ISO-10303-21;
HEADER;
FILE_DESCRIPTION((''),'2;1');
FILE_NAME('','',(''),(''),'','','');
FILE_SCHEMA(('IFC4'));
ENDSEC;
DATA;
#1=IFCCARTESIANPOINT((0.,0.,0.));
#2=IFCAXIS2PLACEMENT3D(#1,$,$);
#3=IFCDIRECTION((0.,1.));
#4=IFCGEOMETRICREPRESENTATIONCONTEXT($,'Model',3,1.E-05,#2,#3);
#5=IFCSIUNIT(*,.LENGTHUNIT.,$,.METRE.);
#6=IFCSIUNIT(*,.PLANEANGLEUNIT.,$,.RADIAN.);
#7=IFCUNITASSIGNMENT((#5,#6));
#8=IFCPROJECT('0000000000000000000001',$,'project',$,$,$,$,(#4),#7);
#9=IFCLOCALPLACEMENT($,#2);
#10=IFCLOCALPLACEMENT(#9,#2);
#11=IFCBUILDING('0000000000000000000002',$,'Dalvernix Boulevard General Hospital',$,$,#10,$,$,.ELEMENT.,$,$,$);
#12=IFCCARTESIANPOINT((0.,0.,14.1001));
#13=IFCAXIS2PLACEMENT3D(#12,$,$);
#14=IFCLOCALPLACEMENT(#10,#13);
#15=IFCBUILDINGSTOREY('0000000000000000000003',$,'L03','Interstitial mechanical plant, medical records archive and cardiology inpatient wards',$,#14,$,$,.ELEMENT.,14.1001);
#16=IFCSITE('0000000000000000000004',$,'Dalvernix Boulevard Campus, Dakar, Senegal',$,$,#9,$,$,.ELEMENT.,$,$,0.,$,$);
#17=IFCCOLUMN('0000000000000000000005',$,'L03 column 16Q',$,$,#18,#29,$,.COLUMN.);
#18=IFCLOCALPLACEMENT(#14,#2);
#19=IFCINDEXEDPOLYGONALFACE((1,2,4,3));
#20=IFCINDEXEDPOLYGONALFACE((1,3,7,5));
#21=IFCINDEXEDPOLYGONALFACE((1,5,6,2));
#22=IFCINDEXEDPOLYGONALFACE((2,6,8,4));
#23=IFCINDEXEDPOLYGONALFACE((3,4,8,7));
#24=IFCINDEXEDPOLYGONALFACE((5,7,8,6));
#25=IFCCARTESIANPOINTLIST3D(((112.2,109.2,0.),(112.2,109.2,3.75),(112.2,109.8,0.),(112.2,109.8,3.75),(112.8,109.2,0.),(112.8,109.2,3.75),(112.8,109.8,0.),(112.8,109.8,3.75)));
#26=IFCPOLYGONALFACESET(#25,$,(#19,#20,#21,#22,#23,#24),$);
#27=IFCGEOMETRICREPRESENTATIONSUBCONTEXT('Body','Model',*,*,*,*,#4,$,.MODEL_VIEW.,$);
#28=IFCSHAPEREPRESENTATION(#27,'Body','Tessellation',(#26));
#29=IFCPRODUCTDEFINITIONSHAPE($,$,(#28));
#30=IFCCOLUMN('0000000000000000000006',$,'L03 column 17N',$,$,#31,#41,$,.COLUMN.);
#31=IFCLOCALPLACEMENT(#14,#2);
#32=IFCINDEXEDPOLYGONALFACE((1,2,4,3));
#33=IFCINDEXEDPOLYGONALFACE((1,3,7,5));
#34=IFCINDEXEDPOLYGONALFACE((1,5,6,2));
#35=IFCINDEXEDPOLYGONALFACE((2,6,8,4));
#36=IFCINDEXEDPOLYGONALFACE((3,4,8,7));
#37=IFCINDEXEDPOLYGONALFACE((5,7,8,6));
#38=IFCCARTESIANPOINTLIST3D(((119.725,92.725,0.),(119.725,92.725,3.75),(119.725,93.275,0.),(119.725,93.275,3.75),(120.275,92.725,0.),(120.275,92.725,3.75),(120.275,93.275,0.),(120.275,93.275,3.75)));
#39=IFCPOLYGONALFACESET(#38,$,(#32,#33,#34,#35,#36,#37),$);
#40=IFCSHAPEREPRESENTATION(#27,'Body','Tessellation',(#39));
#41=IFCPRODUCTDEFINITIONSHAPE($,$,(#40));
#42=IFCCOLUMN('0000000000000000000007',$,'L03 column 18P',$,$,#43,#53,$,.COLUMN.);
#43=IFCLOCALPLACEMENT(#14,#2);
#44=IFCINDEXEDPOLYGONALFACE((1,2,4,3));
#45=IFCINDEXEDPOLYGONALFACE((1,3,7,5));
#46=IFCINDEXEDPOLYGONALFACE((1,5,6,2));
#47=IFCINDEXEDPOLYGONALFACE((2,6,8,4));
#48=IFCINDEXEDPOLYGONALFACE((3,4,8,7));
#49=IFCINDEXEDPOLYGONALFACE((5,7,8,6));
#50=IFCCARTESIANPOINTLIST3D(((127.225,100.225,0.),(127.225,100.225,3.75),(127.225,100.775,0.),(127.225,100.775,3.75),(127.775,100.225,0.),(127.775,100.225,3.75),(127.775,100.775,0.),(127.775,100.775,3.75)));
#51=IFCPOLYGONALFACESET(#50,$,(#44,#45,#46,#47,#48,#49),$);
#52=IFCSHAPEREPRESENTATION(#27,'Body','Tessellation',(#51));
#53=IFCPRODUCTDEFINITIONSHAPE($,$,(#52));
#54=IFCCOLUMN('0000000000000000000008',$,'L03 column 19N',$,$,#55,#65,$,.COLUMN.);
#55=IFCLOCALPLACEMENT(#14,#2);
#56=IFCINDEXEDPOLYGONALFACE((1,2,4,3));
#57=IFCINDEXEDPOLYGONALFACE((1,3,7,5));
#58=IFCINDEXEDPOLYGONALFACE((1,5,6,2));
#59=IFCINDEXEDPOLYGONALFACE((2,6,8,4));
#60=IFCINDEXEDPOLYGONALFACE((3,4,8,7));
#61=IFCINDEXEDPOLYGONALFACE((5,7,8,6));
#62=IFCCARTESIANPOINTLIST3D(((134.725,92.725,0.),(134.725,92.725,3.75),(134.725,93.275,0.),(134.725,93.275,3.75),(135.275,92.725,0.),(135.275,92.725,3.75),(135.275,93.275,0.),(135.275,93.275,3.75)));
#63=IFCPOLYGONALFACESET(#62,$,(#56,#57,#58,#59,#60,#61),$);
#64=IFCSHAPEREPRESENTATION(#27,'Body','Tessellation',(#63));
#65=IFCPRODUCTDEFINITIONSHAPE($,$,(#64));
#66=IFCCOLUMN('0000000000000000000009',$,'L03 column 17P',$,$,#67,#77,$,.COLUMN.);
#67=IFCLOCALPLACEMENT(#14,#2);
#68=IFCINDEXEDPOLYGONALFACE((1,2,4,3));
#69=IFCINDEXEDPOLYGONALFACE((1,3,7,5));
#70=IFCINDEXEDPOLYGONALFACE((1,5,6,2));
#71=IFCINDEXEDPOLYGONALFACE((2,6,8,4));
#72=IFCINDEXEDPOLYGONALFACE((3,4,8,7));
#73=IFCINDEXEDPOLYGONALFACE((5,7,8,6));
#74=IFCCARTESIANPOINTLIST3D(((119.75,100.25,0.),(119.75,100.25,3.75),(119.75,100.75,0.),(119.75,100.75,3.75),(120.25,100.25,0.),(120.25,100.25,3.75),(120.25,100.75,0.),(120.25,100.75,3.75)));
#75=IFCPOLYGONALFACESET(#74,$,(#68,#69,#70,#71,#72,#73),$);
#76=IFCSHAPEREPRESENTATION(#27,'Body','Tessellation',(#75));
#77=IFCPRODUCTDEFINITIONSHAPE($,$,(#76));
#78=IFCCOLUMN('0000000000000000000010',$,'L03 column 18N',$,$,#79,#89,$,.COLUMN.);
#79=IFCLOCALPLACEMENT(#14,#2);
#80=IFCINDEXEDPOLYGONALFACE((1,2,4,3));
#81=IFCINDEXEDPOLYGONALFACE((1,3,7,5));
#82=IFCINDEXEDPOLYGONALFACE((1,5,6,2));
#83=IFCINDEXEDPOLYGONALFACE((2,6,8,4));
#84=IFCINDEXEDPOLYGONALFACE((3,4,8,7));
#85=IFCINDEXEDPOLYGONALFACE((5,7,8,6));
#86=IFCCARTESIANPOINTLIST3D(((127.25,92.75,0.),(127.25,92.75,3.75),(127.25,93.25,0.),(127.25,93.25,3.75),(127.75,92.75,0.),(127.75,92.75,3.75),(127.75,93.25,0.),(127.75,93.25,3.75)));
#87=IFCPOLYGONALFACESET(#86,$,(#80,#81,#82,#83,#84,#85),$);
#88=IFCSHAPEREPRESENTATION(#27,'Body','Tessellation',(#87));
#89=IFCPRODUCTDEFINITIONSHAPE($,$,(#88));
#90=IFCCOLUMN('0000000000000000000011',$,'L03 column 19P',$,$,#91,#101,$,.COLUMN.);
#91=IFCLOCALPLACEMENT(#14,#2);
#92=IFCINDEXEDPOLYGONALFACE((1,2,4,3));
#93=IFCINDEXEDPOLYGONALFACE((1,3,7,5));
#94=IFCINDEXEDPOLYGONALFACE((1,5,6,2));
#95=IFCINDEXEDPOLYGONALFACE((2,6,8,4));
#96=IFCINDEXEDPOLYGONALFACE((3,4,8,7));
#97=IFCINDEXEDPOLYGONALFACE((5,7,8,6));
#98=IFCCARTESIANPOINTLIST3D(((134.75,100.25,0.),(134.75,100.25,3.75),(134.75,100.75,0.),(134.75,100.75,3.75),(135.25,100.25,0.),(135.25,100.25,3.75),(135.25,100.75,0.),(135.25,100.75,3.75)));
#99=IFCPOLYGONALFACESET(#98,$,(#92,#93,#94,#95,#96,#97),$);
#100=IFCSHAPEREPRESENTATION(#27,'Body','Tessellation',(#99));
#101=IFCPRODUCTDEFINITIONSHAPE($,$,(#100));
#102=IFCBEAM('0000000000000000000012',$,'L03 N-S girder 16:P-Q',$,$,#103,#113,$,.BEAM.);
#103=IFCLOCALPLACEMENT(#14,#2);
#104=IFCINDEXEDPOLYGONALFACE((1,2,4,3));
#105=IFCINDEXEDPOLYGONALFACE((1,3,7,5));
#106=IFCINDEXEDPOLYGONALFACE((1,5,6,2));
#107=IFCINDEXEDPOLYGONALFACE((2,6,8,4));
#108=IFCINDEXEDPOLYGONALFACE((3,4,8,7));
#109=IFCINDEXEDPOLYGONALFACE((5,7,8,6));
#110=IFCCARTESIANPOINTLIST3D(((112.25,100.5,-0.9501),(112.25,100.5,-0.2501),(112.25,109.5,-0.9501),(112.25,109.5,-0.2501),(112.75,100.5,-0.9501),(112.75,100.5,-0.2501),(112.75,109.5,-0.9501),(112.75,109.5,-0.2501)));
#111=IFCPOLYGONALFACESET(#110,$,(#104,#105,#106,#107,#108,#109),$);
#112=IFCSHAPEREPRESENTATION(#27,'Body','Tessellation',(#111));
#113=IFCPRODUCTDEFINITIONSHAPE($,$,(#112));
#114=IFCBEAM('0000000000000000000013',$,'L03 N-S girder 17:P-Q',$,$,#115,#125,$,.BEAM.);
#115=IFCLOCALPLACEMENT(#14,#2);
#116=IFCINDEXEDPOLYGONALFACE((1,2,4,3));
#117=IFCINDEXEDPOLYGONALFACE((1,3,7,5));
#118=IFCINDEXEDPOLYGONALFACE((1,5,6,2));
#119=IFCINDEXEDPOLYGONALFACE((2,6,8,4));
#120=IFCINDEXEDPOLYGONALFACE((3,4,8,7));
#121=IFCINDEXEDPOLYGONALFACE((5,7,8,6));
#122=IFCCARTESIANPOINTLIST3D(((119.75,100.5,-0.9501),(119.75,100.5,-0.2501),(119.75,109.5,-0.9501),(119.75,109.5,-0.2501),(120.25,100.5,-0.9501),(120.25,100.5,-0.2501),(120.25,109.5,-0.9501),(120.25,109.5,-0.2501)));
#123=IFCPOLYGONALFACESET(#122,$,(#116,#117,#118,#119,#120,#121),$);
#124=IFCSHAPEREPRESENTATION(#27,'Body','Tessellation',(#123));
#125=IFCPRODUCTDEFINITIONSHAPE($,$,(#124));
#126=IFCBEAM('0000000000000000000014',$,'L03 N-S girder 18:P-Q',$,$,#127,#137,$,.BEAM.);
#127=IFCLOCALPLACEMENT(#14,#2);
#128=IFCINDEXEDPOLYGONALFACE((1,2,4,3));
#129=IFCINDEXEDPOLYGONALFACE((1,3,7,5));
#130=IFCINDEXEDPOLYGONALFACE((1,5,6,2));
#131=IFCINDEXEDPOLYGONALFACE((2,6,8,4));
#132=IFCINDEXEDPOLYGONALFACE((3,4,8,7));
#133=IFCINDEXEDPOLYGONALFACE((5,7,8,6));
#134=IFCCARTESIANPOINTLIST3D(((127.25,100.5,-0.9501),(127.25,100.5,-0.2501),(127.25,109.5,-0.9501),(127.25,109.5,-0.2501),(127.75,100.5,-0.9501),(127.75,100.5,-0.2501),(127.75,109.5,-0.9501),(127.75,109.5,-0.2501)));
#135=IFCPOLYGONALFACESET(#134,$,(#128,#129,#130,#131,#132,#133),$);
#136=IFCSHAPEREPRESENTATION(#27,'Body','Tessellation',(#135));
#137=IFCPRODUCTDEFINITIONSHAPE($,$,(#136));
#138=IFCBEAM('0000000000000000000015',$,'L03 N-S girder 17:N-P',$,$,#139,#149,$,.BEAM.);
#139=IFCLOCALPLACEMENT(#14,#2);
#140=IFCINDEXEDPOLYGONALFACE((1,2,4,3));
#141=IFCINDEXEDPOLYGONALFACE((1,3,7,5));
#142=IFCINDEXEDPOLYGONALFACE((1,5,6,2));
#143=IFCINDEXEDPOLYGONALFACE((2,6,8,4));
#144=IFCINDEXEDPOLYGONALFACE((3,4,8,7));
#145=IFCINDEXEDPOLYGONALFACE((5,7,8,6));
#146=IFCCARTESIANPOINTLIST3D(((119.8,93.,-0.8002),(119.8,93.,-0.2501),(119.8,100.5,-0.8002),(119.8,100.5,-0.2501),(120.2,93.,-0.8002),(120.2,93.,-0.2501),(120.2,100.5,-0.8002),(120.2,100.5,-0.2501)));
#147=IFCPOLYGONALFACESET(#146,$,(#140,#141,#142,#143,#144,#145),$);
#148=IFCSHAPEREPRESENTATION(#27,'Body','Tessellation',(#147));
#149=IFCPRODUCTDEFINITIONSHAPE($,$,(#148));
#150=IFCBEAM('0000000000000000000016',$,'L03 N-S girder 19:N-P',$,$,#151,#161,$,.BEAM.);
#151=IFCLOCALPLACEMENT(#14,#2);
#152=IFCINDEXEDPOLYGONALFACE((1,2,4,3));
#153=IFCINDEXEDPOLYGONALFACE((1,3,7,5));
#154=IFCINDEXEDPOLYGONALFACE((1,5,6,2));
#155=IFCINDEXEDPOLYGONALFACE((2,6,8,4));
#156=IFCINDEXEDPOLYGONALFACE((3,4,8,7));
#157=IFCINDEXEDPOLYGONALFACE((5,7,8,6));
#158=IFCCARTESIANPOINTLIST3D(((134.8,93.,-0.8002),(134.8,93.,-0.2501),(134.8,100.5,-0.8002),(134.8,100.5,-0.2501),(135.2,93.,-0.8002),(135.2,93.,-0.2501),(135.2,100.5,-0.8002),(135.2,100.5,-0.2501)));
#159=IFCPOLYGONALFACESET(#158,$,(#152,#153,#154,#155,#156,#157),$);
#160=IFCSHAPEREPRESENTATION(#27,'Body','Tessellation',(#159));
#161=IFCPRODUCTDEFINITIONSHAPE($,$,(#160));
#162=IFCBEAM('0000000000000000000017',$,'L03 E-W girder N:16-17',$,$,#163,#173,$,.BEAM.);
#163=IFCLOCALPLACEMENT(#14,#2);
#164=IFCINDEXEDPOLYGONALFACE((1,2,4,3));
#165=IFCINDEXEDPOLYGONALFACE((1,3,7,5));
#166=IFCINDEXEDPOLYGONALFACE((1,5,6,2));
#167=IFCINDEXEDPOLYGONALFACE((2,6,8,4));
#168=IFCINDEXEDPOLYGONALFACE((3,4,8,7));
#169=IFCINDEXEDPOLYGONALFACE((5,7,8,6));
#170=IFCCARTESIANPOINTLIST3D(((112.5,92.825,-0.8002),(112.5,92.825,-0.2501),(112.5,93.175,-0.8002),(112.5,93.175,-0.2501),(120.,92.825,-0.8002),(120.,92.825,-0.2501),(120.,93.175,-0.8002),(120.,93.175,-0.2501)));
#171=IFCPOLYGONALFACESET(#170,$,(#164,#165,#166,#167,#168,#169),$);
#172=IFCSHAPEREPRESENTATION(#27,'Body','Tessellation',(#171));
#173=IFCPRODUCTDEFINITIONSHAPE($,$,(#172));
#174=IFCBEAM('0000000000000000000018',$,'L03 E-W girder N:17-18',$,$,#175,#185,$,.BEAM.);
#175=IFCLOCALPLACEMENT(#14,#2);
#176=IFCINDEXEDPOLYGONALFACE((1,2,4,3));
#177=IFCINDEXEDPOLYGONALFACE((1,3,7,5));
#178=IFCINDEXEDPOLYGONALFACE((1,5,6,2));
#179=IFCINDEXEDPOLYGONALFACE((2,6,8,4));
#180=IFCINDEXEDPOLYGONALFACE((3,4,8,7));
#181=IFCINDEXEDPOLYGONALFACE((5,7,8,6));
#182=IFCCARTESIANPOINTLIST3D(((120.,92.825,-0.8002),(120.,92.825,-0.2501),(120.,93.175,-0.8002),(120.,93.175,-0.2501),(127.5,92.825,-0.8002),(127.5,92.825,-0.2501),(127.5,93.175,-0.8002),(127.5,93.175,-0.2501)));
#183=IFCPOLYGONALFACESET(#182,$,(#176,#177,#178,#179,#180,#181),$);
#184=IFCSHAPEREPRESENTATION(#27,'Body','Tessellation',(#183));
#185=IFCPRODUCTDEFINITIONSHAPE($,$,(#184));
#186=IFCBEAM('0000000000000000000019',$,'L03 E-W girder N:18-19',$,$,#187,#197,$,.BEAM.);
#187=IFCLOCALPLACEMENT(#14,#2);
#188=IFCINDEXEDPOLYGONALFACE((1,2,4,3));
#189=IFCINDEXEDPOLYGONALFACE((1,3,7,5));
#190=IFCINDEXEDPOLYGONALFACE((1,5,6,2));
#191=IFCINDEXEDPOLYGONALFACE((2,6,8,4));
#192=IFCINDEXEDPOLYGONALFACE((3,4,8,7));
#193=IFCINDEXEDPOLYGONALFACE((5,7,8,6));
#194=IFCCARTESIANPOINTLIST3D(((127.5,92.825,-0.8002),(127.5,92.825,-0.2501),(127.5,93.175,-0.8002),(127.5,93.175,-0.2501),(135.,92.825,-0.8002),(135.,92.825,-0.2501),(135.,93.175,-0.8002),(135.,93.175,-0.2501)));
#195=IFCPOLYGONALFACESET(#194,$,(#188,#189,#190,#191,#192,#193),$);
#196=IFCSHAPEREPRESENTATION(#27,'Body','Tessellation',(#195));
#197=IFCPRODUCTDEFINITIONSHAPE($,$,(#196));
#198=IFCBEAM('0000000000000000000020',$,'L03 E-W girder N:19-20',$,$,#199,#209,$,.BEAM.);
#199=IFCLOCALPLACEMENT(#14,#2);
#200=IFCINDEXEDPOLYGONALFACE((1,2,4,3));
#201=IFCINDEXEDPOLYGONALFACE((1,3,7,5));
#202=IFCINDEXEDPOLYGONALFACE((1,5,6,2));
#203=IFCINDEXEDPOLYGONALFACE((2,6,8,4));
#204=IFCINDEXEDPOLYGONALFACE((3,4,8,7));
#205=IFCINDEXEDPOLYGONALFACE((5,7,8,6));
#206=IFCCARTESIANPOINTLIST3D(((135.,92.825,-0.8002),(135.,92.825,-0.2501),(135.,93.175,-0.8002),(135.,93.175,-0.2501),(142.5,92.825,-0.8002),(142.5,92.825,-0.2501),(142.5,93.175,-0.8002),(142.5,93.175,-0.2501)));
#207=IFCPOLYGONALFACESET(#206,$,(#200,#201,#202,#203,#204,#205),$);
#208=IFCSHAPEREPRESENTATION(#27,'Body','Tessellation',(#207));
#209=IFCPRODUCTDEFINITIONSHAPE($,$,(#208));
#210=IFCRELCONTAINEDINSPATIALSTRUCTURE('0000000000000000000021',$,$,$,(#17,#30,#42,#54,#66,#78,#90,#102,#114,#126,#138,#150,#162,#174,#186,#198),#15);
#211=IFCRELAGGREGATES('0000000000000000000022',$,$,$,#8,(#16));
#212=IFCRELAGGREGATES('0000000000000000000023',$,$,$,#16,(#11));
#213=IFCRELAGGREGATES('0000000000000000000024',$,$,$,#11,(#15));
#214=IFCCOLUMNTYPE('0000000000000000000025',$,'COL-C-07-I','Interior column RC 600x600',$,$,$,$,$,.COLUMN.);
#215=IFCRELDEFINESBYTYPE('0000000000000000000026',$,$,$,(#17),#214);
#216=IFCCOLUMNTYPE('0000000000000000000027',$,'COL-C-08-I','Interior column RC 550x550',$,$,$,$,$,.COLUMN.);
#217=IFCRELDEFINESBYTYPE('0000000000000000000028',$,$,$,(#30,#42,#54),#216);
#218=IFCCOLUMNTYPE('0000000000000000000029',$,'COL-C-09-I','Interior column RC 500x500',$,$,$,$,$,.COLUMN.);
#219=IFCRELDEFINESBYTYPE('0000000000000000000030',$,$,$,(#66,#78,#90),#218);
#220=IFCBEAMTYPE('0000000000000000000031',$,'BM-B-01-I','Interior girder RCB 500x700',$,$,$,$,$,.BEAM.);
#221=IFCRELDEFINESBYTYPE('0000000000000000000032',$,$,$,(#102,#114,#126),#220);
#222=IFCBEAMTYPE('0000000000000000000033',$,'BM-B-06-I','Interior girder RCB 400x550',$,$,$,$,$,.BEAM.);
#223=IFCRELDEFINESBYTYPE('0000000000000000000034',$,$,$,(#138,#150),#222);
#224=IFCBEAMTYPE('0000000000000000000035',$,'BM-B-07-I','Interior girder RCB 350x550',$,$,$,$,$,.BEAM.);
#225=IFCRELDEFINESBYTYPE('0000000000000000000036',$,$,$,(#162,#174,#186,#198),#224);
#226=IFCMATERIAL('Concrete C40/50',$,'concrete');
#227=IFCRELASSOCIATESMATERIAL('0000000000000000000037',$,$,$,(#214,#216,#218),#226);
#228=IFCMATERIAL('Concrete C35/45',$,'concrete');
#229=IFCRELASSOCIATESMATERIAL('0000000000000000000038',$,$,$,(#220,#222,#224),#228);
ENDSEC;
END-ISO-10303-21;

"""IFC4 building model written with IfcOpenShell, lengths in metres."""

from ifc_helpers import new_model, si_unit, direction, frame, origin, origin_2d, place, context, subcontext, project, spatial, rectangle, extrude, material, material_profile, profile_set, type_object, element, save


model = new_model("IFC4")

# Units and contexts
model_context = context("Model", 3, precision=1e-05, world=origin(), true_north=direction((0.0, 1.0)))
body_context = subcontext(model_context, "Body", "Model", "MODEL_VIEW")
ifc_project = project(units=[si_unit("LENGTHUNIT", "METRE"), si_unit("PLANEANGLEUNIT", "RADIAN")], contexts=[model_context])

# Site, building, storey
site_placement = place(None, origin())
site = spatial("IfcSite", under=ifc_project, at=site_placement, Name="Dalvernix Boulevard Campus, Dakar, Senegal", CompositionType="ELEMENT", RefElevation=0.0)
building_placement = place(site_placement, origin())
building = spatial("IfcBuilding", under=site, at=building_placement, Name="Dalvernix Boulevard General Hospital", CompositionType="ELEMENT")
storey_placement = place(building_placement, frame((0.0, 0.0, 14.1001)))
storey = spatial("IfcBuildingStorey", under=building, at=storey_placement, Name="L03", Description="Interstitial mechanical plant, medical records archive and cardiology inpatient wards", CompositionType="ELEMENT", Elevation=14.1001)

# Columns
ifc_material_1 = material(Name="Concrete C40/50", Category="concrete")
ifc_material_profile_1 = material_profile(ifc_material_1, rectangle(XDim=0.6001, YDim=0.6001, at=origin_2d()), Name="RC 600x600")
ifc_profile_set_1 = profile_set([ifc_material_profile_1], Name="Concrete C40/50")
column_type_1 = type_object("IfcColumnType", Name="COL-C-07-I", Description="Interior column RC 600x600", PredefinedType="COLUMN", material=ifc_profile_set_1)
column_placement = place(storey_placement, frame((112.5, 109.5, 0.0), z_axis=(0.0, 0.0, 1.0), x_axis=(1.0, 0.0, 0.0)))
element("IfcColumn", 1, at=column_placement, inside=storey, type_object=column_type_1, Name="L03 column 16Q", PredefinedType="COLUMN", context=body_context, shape_type="SweptSolid", body=[
    extrude(rectangle(XDim=0.6001, YDim=0.6001, at=origin_2d()), origin(), (0.0, 0.0, 1.0), 3.75),
])
ifc_material_profile_2 = material_profile(ifc_material_1, rectangle(XDim=0.55, YDim=0.55, at=origin_2d()), Name="RC 550x550")
ifc_profile_set_2 = profile_set([ifc_material_profile_2], Name="Concrete C40/50")
column_type_2 = type_object("IfcColumnType", Name="COL-C-08-I", Description="Interior column RC 550x550", PredefinedType="COLUMN", material=ifc_profile_set_2)
for number, where, z_axis, x_axis, name in (
    (2, (120.0, 93.0, 0.0), (0.0, 0.0, 1.0), (1.0, 0.0, 0.0), "L03 column 17N"),
    (3, (127.5, 100.5, 0.0), (0.0, 0.0, 1.0), (1.0, 0.0, 0.0), "L03 column 18P"),
    (4, (135.0, 93.0, 0.0), (0.0, 0.0, 1.0), (1.0, 0.0, 0.0), "L03 column 19N"),
):
    element("IfcColumn", number, at=place(storey_placement, frame(where, z_axis=z_axis, x_axis=x_axis)), inside=storey, type_object=column_type_2, Name=name, PredefinedType="COLUMN", context=body_context, shape_type="SweptSolid", body=[
        extrude(rectangle(XDim=0.55, YDim=0.55, at=origin_2d()), origin(), (0.0, 0.0, 1.0), 3.75),
    ])
ifc_material_profile_3 = material_profile(ifc_material_1, rectangle(XDim=0.5, YDim=0.5, at=origin_2d()), Name="RC 500x500")
ifc_profile_set_3 = profile_set([ifc_material_profile_3], Name="Concrete C40/50")
column_type_3 = type_object("IfcColumnType", Name="COL-C-09-I", Description="Interior column RC 500x500", PredefinedType="COLUMN", material=ifc_profile_set_3)
for number, where, z_axis, x_axis, name in (
    (5, (120.0, 100.5, 0.0), (0.0, 0.0, 1.0), (1.0, 0.0, 0.0), "L03 column 17P"),
    (6, (127.5, 93.0, 0.0), (0.0, 0.0, 1.0), (1.0, 0.0, 0.0), "L03 column 18N"),
    (7, (135.0, 100.5, 0.0), (0.0, 0.0, 1.0), (1.0, 0.0, 0.0), "L03 column 19P"),
):
    element("IfcColumn", number, at=place(storey_placement, frame(where, z_axis=z_axis, x_axis=x_axis)), inside=storey, type_object=column_type_3, Name=name, PredefinedType="COLUMN", context=body_context, shape_type="SweptSolid", body=[
        extrude(rectangle(XDim=0.5, YDim=0.5, at=origin_2d()), origin(), (0.0, 0.0, 1.0), 3.75),
    ])

# Beams
ifc_material_2 = material(Name="Concrete C35/45", Category="concrete")
ifc_material_profile_4 = material_profile(ifc_material_2, rectangle(XDim=0.5, YDim=0.7, at=origin_2d()), Name="RCB 500x700")
ifc_profile_set_4 = profile_set([ifc_material_profile_4], Name="Concrete C35/45")
beam_type_1 = type_object("IfcBeamType", Name="BM-B-01-I", Description="Interior girder RCB 500x700", PredefinedType="BEAM", material=ifc_profile_set_4)
for number, where, z_axis, x_axis, name in (
    (8, (112.5, 100.5, -0.6001), (0.0, 1.0, 0.0), (-1.0, 0.0, 0.0), "L03 N-S girder 16:P-Q"),
    (9, (120.0, 100.5, -0.6001), (0.0, 1.0, 0.0), (-1.0, 0.0, 0.0), "L03 N-S girder 17:P-Q"),
    (10, (127.5, 100.5, -0.6001), (0.0, 1.0, 0.0), (-1.0, 0.0, 0.0), "L03 N-S girder 18:P-Q"),
):
    element("IfcBeam", number, at=place(storey_placement, frame(where, z_axis=z_axis, x_axis=x_axis)), inside=storey, type_object=beam_type_1, Name=name, PredefinedType="BEAM", context=body_context, shape_type="SweptSolid", body=[
        extrude(rectangle(XDim=0.5, YDim=0.7, at=origin_2d()), origin(), (0.0, 0.0, 1.0), 9.0),
    ])
ifc_material_profile_5 = material_profile(ifc_material_2, rectangle(XDim=0.3999, YDim=0.55, at=origin_2d()), Name="RCB 400x550")
ifc_profile_set_5 = profile_set([ifc_material_profile_5], Name="Concrete C35/45")
beam_type_2 = type_object("IfcBeamType", Name="BM-B-06-I", Description="Interior girder RCB 400x550", PredefinedType="BEAM", material=ifc_profile_set_5)
for number, where, z_axis, x_axis, name in (
    (11, (120.0, 93.0, -0.5251), (0.0, 1.0, 0.0), (-1.0, 0.0, 0.0), "L03 N-S girder 17:N-P"),
    (12, (135.0, 93.0, -0.5251), (0.0, 1.0, 0.0), (-1.0, 0.0, 0.0), "L03 N-S girder 19:N-P"),
):
    element("IfcBeam", number, at=place(storey_placement, frame(where, z_axis=z_axis, x_axis=x_axis)), inside=storey, type_object=beam_type_2, Name=name, PredefinedType="BEAM", context=body_context, shape_type="SweptSolid", body=[
        extrude(rectangle(XDim=0.3999, YDim=0.55, at=origin_2d()), origin(), (0.0, 0.0, 1.0), 7.5),
    ])
ifc_material_profile_6 = material_profile(ifc_material_2, rectangle(XDim=0.3501, YDim=0.55, at=origin_2d()), Name="RCB 350x550")
ifc_profile_set_6 = profile_set([ifc_material_profile_6], Name="Concrete C35/45")
beam_type_3 = type_object("IfcBeamType", Name="BM-B-07-I", Description="Interior girder RCB 350x550", PredefinedType="BEAM", material=ifc_profile_set_6)
for number, where, z_axis, x_axis, name in (
    (13, (112.5, 93.0, -0.5251), (1.0, 0.0, 0.0), (0.0, 1.0, 0.0), "L03 E-W girder N:16-17"),
    (14, (120.0, 93.0, -0.5251), (1.0, 0.0, 0.0), (0.0, 1.0, 0.0), "L03 E-W girder N:17-18"),
    (15, (127.5, 93.0, -0.5251), (1.0, 0.0, 0.0), (0.0, 1.0, 0.0), "L03 E-W girder N:18-19"),
    (16, (135.0, 93.0, -0.5251), (1.0, 0.0, 0.0), (0.0, 1.0, 0.0), "L03 E-W girder N:19-20"),
):
    element("IfcBeam", number, at=place(storey_placement, frame(where, z_axis=z_axis, x_axis=x_axis)), inside=storey, type_object=beam_type_3, Name=name, PredefinedType="BEAM", context=body_context, shape_type="SweptSolid", body=[
        extrude(rectangle(XDim=0.3501, YDim=0.55, at=origin_2d()), origin(), (0.0, 0.0, 1.0), 7.5),
    ])

save(model, "model.ifc")
